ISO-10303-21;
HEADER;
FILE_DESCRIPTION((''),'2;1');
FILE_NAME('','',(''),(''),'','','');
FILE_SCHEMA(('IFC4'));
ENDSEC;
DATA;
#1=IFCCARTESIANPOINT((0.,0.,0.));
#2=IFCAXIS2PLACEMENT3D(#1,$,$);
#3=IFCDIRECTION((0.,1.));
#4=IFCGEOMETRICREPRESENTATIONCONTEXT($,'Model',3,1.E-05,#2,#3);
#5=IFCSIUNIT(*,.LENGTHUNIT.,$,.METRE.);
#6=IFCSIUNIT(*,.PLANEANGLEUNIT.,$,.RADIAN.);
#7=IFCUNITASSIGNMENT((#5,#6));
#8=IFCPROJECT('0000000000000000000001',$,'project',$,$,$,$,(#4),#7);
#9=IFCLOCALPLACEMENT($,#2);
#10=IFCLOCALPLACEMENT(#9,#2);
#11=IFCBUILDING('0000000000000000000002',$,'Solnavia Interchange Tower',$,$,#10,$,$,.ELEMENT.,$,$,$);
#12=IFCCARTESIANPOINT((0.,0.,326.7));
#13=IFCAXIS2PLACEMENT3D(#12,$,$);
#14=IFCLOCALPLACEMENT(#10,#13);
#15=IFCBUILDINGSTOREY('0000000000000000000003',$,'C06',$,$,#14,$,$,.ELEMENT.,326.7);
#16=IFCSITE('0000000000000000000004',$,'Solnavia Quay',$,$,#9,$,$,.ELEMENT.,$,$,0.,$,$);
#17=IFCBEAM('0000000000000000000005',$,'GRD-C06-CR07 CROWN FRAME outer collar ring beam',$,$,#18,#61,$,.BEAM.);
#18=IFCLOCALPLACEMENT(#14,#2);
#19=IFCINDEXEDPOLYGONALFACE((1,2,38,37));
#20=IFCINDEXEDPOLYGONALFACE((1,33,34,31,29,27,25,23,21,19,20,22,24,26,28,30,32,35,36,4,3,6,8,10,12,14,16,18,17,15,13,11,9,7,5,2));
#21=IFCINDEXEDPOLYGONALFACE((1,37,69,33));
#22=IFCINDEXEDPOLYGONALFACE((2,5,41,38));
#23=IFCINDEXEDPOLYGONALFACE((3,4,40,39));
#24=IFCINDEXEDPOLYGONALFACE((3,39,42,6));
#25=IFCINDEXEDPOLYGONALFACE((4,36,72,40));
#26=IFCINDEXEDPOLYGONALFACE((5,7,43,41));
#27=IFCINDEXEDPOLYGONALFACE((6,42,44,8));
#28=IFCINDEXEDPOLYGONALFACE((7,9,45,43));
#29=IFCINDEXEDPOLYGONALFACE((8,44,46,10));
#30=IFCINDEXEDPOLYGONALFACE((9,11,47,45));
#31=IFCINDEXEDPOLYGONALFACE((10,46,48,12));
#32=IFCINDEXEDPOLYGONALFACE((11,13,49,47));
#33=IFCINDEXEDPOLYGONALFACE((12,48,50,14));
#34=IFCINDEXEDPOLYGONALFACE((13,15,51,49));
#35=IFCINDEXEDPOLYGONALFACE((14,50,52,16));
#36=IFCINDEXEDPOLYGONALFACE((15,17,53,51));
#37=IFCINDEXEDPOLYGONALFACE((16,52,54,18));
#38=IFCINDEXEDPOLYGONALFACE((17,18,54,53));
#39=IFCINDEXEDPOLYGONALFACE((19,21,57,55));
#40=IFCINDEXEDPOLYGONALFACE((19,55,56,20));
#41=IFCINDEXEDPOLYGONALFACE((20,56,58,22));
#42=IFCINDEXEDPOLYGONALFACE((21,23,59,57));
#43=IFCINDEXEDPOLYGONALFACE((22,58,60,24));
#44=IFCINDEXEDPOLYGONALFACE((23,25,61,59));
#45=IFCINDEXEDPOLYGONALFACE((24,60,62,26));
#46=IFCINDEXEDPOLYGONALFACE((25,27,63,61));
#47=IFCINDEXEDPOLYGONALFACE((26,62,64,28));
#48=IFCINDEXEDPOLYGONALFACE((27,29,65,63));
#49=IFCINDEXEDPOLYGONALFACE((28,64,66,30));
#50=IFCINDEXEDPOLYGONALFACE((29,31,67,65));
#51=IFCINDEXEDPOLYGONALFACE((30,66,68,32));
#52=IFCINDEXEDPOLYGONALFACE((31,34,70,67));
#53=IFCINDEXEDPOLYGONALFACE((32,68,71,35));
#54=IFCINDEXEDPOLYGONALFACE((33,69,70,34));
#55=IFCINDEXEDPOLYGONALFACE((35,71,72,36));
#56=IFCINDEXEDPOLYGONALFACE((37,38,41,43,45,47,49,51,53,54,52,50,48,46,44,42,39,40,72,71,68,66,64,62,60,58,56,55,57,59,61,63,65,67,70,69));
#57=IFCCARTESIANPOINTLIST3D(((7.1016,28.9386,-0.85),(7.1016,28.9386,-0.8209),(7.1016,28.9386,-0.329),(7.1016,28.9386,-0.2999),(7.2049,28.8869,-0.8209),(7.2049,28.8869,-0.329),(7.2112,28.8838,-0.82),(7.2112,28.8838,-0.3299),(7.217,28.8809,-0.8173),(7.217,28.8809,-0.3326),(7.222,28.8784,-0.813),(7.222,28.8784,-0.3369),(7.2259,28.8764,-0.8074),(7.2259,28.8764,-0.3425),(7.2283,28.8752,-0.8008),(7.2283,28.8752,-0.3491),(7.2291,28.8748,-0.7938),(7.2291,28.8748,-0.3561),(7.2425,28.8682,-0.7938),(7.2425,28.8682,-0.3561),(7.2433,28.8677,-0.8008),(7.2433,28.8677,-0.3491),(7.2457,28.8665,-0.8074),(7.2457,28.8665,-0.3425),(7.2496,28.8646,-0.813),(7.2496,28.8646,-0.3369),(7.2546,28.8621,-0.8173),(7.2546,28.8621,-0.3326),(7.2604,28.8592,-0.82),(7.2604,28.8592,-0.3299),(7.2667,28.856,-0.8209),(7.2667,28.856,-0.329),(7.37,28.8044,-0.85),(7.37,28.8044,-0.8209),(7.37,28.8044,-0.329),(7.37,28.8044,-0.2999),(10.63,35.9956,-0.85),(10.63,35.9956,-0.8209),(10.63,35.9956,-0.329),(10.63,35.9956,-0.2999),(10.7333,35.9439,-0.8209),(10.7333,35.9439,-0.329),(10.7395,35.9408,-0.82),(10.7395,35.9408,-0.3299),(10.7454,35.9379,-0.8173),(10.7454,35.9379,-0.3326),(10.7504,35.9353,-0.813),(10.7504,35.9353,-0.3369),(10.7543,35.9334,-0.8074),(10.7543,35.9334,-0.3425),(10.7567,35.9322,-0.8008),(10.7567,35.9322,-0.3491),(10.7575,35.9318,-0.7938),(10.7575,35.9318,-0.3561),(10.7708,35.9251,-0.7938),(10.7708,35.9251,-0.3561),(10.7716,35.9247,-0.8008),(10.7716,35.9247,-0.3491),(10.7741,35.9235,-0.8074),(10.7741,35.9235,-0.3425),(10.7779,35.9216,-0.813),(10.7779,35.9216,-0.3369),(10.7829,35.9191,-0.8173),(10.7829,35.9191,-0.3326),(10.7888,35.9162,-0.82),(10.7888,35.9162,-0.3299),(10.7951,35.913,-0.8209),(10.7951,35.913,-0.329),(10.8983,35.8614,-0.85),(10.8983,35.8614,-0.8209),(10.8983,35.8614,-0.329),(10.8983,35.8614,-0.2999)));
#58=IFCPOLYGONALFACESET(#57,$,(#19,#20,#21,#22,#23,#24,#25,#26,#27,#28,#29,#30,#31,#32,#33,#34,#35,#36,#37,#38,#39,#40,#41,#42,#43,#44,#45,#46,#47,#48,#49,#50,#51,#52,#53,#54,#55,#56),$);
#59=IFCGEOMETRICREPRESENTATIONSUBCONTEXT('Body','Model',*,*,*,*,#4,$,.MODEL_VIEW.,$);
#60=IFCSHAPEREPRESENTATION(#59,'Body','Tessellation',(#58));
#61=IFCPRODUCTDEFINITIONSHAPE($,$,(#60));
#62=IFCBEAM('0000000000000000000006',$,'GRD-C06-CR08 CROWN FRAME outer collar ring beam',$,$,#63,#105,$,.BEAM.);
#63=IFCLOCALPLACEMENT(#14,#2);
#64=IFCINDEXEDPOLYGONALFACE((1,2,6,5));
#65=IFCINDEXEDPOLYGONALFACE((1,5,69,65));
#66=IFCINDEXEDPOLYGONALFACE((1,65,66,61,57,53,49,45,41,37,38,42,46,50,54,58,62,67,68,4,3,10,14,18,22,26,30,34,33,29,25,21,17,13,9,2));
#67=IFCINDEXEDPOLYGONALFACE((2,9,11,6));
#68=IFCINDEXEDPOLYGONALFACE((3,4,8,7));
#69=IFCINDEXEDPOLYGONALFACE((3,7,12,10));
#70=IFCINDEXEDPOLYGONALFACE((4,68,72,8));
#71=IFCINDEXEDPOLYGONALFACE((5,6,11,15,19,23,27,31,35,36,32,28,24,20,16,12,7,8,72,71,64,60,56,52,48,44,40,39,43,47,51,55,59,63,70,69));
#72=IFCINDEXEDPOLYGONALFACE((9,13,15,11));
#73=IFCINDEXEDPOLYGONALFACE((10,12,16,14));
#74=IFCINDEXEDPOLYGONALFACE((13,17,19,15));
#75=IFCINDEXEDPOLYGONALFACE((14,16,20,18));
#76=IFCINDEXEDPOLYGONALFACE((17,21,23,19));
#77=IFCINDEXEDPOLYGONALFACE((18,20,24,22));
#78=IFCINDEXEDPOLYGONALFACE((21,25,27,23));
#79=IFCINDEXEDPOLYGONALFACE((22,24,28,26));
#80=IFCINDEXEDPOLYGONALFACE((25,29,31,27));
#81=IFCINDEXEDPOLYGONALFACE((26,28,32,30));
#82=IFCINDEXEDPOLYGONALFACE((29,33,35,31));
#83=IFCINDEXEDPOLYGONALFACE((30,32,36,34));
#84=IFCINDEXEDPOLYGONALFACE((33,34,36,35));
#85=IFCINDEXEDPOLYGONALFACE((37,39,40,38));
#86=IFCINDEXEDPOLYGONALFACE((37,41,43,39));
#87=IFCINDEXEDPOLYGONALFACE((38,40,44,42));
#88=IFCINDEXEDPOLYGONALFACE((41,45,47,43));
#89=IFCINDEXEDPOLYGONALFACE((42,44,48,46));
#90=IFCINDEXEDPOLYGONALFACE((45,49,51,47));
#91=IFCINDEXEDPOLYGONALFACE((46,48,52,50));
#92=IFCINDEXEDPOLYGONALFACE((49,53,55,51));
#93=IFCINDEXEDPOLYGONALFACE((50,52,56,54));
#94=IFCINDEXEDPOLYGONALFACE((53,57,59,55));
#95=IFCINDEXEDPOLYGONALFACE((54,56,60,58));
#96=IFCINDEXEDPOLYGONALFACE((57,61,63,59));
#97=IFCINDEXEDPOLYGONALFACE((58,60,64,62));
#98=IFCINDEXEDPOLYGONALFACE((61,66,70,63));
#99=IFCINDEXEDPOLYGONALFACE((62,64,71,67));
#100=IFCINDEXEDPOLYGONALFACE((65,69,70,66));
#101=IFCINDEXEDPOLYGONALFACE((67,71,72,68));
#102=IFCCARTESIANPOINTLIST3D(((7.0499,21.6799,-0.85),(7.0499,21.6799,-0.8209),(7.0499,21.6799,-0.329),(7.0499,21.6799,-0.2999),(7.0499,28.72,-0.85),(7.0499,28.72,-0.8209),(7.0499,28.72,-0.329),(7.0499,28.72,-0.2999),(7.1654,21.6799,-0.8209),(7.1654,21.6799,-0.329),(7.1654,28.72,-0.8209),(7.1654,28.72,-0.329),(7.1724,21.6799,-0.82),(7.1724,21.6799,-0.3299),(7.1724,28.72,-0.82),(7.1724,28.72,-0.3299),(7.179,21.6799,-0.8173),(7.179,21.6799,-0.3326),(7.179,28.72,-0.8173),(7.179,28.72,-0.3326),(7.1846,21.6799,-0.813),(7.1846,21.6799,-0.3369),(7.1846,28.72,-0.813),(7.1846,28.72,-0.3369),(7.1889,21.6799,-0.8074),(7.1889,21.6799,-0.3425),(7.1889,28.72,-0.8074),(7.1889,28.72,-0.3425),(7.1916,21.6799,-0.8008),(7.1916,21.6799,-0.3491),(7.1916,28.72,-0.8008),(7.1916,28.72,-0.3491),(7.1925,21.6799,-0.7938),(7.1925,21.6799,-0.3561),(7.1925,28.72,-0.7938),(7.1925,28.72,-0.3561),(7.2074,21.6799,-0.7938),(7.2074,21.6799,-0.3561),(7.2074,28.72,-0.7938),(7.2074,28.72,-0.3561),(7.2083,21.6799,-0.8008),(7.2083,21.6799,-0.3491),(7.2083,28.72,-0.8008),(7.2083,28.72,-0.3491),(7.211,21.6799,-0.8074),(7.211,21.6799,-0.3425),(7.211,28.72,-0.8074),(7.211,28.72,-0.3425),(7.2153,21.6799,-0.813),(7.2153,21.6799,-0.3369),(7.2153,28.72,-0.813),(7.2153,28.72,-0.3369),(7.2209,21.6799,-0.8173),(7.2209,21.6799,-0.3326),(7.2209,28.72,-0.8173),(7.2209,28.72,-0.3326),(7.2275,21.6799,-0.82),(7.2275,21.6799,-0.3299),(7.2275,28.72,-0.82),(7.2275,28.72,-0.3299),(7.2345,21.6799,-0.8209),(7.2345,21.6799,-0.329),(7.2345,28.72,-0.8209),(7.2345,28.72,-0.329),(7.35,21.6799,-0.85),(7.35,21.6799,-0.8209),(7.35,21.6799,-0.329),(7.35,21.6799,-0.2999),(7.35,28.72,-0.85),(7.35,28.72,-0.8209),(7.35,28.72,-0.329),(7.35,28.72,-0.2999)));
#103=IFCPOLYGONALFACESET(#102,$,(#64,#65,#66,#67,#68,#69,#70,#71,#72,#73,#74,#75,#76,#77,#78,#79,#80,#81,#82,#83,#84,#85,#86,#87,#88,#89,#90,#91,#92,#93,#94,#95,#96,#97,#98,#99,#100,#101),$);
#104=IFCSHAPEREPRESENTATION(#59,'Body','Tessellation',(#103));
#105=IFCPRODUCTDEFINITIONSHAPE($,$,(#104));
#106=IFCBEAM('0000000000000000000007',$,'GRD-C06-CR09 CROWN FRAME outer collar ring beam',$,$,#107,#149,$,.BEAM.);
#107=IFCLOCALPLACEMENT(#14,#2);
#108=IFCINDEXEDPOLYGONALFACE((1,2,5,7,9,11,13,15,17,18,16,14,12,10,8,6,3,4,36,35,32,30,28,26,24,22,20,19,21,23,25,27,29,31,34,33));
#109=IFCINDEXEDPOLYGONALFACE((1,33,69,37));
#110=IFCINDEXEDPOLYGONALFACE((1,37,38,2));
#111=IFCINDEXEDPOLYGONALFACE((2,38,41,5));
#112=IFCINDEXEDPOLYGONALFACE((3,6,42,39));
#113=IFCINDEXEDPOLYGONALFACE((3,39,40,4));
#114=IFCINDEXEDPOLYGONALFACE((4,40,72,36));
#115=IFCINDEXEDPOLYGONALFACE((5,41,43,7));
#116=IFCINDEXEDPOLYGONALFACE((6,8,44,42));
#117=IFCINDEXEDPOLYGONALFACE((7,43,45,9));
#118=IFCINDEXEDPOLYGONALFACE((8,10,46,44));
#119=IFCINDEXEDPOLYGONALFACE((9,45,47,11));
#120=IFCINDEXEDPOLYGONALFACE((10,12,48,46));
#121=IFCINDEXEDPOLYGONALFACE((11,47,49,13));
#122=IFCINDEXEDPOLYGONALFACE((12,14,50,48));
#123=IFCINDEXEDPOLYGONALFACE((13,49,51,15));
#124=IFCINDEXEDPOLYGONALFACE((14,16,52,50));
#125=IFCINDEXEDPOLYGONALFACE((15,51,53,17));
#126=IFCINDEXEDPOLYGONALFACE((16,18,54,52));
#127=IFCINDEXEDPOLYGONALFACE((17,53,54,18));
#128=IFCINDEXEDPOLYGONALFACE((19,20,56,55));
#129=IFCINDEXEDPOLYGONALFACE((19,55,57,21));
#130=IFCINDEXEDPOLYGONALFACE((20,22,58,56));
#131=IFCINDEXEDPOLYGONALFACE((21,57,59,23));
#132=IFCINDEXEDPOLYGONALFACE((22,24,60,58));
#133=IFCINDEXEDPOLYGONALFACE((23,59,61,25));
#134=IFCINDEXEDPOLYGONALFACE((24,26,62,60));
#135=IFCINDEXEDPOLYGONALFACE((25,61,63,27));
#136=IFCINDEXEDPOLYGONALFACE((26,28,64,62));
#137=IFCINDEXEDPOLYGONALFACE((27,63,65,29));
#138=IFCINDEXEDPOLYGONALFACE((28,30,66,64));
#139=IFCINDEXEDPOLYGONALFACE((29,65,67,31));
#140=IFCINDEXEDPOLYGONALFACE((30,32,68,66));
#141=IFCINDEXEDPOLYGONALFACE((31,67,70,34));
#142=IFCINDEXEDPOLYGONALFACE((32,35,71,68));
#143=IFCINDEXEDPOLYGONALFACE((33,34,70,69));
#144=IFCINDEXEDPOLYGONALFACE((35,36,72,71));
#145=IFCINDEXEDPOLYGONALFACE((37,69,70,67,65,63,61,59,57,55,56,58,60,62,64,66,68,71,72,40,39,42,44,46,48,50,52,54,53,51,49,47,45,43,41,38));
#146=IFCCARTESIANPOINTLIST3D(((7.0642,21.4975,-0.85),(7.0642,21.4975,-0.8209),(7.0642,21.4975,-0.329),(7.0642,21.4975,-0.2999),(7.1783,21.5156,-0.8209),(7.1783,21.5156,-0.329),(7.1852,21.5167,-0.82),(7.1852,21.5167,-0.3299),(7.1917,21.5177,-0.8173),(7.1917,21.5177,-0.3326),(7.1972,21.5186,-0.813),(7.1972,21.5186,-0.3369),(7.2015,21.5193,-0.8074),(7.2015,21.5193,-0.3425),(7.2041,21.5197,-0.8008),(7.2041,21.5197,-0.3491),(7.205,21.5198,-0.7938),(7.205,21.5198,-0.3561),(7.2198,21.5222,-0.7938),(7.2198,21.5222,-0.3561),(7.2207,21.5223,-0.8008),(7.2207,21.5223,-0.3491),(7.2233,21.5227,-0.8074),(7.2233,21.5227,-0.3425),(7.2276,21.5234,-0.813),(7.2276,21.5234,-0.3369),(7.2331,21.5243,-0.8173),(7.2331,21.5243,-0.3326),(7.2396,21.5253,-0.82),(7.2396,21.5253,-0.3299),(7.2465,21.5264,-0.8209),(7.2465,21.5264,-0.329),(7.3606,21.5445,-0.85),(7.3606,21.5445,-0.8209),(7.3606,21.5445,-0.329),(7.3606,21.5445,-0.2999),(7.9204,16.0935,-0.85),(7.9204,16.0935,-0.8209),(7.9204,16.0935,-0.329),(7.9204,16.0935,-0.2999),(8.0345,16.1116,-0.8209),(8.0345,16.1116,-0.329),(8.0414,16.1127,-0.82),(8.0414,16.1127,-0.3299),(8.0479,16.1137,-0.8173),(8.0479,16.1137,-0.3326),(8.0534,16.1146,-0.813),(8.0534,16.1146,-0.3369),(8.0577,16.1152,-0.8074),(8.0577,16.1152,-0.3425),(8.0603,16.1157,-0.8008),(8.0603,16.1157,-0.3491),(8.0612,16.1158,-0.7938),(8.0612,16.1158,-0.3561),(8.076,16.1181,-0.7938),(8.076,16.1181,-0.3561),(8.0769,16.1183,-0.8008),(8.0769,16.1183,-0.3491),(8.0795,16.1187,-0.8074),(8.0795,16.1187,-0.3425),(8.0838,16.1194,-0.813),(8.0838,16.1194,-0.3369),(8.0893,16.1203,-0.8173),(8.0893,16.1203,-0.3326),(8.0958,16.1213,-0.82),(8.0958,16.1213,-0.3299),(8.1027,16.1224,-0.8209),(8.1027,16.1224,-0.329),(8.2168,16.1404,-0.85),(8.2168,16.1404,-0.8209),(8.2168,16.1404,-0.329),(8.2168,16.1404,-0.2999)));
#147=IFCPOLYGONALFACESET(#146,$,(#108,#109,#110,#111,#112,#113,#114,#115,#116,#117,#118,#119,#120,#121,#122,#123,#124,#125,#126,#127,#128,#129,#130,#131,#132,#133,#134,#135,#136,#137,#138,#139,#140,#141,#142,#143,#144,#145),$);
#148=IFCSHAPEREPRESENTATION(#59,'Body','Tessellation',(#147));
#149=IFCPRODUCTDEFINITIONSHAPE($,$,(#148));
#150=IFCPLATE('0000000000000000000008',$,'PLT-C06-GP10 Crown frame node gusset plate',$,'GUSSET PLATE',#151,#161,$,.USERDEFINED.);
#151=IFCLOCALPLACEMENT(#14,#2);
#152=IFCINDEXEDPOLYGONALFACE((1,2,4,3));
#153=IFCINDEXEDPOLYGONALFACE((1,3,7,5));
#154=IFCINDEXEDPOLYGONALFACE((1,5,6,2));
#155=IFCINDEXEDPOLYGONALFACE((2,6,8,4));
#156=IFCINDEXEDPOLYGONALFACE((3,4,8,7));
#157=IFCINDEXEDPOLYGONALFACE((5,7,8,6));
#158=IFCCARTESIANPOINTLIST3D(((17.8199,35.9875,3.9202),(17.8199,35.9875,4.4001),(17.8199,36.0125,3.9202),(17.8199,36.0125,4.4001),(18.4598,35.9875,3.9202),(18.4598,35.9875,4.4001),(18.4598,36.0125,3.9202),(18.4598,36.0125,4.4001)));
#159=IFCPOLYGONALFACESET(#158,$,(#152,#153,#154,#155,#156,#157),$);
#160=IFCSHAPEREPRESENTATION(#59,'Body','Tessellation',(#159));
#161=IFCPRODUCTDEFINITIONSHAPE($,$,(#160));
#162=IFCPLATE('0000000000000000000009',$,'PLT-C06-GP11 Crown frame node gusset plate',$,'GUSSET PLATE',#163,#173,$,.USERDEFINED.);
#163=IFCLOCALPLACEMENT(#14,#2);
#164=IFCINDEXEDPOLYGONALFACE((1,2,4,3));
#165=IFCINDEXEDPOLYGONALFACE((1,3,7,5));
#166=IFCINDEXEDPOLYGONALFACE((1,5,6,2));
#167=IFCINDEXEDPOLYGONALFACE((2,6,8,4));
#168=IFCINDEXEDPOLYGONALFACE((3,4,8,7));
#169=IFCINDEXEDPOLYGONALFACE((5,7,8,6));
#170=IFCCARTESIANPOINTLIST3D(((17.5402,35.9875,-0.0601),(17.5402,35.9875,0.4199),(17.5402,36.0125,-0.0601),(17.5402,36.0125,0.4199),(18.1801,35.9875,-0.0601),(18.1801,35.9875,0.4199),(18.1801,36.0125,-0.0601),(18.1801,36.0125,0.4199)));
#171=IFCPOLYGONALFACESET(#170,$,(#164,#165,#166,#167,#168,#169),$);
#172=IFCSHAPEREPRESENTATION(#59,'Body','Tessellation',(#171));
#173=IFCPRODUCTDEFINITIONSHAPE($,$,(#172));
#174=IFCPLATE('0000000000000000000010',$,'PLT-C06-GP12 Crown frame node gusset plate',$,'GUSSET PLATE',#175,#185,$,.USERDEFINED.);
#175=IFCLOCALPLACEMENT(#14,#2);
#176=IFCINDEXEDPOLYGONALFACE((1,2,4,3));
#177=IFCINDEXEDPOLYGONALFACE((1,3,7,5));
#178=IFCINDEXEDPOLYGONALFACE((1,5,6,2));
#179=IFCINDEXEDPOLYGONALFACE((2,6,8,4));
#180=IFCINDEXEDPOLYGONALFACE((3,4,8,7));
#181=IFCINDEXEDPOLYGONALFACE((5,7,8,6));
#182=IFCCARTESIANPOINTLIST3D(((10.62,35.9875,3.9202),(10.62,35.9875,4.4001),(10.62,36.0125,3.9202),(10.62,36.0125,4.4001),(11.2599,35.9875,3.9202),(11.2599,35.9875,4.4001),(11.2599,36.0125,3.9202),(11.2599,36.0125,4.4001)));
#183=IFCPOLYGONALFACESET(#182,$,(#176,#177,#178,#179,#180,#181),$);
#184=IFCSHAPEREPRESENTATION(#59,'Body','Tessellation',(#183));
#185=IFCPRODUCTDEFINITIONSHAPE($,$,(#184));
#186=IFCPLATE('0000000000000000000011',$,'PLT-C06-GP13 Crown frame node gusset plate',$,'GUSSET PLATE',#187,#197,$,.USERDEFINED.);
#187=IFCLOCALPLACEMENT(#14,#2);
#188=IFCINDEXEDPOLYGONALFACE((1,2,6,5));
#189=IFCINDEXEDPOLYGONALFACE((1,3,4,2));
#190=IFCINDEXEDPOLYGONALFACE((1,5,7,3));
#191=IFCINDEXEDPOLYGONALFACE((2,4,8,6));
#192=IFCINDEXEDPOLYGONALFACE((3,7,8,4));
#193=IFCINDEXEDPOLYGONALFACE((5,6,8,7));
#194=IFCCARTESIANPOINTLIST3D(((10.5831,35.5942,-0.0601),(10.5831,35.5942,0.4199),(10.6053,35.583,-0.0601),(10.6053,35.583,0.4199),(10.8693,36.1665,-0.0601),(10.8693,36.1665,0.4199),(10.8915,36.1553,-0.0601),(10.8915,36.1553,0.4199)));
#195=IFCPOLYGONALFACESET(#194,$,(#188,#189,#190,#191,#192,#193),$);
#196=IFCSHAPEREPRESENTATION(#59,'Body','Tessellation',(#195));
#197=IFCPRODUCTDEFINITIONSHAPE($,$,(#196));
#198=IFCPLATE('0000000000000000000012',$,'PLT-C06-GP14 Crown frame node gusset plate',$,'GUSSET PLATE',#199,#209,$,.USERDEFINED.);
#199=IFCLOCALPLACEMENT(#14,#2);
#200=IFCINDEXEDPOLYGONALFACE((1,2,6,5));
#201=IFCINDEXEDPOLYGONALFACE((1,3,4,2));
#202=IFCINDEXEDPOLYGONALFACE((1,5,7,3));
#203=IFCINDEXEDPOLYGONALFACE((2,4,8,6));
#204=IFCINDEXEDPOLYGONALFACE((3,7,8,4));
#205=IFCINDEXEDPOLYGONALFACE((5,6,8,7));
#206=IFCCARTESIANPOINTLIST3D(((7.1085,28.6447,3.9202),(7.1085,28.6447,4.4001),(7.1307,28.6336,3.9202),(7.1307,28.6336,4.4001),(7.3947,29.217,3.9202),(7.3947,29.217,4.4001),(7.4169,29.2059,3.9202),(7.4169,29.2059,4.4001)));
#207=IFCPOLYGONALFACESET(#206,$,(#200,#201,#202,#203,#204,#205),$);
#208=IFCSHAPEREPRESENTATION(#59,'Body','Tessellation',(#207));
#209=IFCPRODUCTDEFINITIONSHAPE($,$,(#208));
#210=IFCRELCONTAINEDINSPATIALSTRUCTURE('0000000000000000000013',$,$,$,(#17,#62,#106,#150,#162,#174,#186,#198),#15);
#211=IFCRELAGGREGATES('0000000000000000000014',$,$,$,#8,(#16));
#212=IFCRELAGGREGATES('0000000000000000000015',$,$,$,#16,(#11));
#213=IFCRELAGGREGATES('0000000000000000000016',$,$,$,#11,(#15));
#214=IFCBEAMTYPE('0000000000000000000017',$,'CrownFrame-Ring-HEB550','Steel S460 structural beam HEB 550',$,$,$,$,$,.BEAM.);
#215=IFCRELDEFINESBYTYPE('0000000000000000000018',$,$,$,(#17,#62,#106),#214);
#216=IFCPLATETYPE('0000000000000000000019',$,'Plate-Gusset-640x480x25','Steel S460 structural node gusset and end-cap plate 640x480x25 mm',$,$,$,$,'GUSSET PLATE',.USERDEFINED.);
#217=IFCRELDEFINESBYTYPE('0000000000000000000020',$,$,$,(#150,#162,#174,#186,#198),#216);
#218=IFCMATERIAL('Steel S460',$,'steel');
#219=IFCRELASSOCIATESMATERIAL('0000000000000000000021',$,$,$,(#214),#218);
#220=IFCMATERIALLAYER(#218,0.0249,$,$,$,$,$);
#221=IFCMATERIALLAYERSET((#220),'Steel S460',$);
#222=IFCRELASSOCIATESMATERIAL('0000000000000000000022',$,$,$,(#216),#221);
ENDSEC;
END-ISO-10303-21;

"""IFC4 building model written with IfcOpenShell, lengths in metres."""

from ifc_helpers import new_model, si_unit, direction, frame, origin, origin_2d, place, context, subcontext, project, spatial, rectangle, i_section, extrude, material, layer, layer_set, material_profile, profile_set, type_object, element, save


model = new_model("IFC4")

# Units and contexts
model_context = context("Model", 3, precision=1e-05, world=origin(), true_north=direction((0.0, 1.0)))
body_context = subcontext(model_context, "Body", "Model", "MODEL_VIEW")
ifc_project = project(units=[si_unit("LENGTHUNIT", "METRE"), si_unit("PLANEANGLEUNIT", "RADIAN")], contexts=[model_context])

# Site, building, storey
site_placement = place(None, origin())
site = spatial("IfcSite", under=ifc_project, at=site_placement, Name="Solnavia Quay", CompositionType="ELEMENT", RefElevation=0.0)
building_placement = place(site_placement, origin())
building = spatial("IfcBuilding", under=site, at=building_placement, Name="Solnavia Interchange Tower", CompositionType="ELEMENT")
storey_placement = place(building_placement, frame((0.0, 0.0, 326.7)))
storey = spatial("IfcBuildingStorey", under=building, at=storey_placement, Name="C06", CompositionType="ELEMENT", Elevation=326.7)

# Shared definitions
ifc_material_1 = material(Name="Steel S460", Category="steel")

# Beams
ifc_material_profile_1 = material_profile(ifc_material_1, i_section(OverallWidth=0.3, OverallDepth=0.55, WebThickness=0.0149, FlangeThickness=0.0291, FilletRadius=0.0271, at=origin_2d()), Name="HEB 550")
ifc_profile_set_1 = profile_set([ifc_material_profile_1], Name="Steel S460")
beam_type_1 = type_object("IfcBeamType", Name="CrownFrame-Ring-HEB550", Description="Steel S460 structural beam HEB 550", PredefinedType="BEAM", material=ifc_profile_set_1)
beam_1_placement = place(storey_placement, frame((10.7642, 35.9285, -0.575), z_axis=(-0.447201, -0.894433, 0.0), x_axis=(0.894433, -0.447201, 0.0)))
element("IfcBeam", 1, at=beam_1_placement, inside=storey, type_object=beam_type_1, Name="GRD-C06-CR07 CROWN FRAME outer collar ring beam", PredefinedType="BEAM", context=body_context, shape_type="SweptSolid", body=[
    extrude(i_section(OverallWidth=0.3, OverallDepth=0.55, WebThickness=0.0149, FlangeThickness=0.0291, FilletRadius=0.0271, at=origin_2d()), origin(), (0.0, 0.0, 1.0), 7.8899),
])
beam_2_placement = place(storey_placement, frame((7.2, 28.72, -0.575), z_axis=(0.0, -1.0, 0.0), x_axis=(1.0, 0.0, 0.0)))
element("IfcBeam", 2, at=beam_2_placement, inside=storey, type_object=beam_type_1, Name="GRD-C06-CR08 CROWN FRAME outer collar ring beam", PredefinedType="BEAM", context=body_context, shape_type="SweptSolid", body=[
    extrude(i_section(OverallWidth=0.3, OverallDepth=0.55, WebThickness=0.0149, FlangeThickness=0.0291, FilletRadius=0.0271, at=origin_2d()), origin(), (0.0, 0.0, 1.0), 7.04),
])
beam_3_placement = place(storey_placement, frame((7.2124, 21.521, -0.575), z_axis=(0.156485, -0.98768, 0.0), x_axis=(0.98768, 0.156485, 0.0)))
element("IfcBeam", 3, at=beam_3_placement, inside=storey, type_object=beam_type_1, Name="GRD-C06-CR09 CROWN FRAME outer collar ring beam", PredefinedType="BEAM", context=body_context, shape_type="SweptSolid", body=[
    extrude(i_section(OverallWidth=0.3, OverallDepth=0.55, WebThickness=0.0149, FlangeThickness=0.0291, FilletRadius=0.0271, at=origin_2d()), origin(), (0.0, 0.0, 1.0), 5.4714),
])

# Plates
ifc_layer = layer(ifc_material_1, 0.0249)
ifc_layer_set = layer_set([ifc_layer], Name="Steel S460")
plate_type = type_object("IfcPlateType", Name="Plate-Gusset-640x480x25", Description="Steel S460 structural node gusset and end-cap plate 640x480x25 mm", ElementType="GUSSET PLATE", PredefinedType="USERDEFINED", material=ifc_layer_set)
for number, where, z_axis, x_axis, name in (
    (4, (18.1399, 36.0, 3.9202), (0.0, 0.0, 1.0), (-1.0, 0.0, 0.0), "PLT-C06-GP10 Crown frame node gusset plate"),
    (5, (17.8601, 36.0, -0.0601), (0.0, 0.0, 1.0), (-1.0, 0.0, 0.0), "PLT-C06-GP11 Crown frame node gusset plate"),
    (6, (10.9399, 36.0, 3.9202), (0.0, 0.0, 1.0), (-1.0, 0.0, 0.0), "PLT-C06-GP12 Crown frame node gusset plate"),
    (7, (10.7373, 35.8748, -0.0601), (0.0, 0.0, 1.0), (-0.447291, -0.894389, 0.0), "PLT-C06-GP13 Crown frame node gusset plate"),
    (8, (7.2627, 28.9253, 3.9202), (0.0, 0.0, 1.0), (-0.447291, -0.894389, 0.0), "PLT-C06-GP14 Crown frame node gusset plate"),
):
    element("IfcPlate", number, at=place(storey_placement, frame(where, z_axis=z_axis, x_axis=x_axis)), inside=storey, type_object=plate_type, Name=name, ObjectType="GUSSET PLATE", PredefinedType="USERDEFINED", context=body_context, shape_type="SweptSolid", body=[
        extrude(rectangle(XDim=0.6399, YDim=0.0249, at=origin_2d()), origin(), (0.0, 0.0, 1.0), 0.48),
    ])

save(model, "model.ifc")
